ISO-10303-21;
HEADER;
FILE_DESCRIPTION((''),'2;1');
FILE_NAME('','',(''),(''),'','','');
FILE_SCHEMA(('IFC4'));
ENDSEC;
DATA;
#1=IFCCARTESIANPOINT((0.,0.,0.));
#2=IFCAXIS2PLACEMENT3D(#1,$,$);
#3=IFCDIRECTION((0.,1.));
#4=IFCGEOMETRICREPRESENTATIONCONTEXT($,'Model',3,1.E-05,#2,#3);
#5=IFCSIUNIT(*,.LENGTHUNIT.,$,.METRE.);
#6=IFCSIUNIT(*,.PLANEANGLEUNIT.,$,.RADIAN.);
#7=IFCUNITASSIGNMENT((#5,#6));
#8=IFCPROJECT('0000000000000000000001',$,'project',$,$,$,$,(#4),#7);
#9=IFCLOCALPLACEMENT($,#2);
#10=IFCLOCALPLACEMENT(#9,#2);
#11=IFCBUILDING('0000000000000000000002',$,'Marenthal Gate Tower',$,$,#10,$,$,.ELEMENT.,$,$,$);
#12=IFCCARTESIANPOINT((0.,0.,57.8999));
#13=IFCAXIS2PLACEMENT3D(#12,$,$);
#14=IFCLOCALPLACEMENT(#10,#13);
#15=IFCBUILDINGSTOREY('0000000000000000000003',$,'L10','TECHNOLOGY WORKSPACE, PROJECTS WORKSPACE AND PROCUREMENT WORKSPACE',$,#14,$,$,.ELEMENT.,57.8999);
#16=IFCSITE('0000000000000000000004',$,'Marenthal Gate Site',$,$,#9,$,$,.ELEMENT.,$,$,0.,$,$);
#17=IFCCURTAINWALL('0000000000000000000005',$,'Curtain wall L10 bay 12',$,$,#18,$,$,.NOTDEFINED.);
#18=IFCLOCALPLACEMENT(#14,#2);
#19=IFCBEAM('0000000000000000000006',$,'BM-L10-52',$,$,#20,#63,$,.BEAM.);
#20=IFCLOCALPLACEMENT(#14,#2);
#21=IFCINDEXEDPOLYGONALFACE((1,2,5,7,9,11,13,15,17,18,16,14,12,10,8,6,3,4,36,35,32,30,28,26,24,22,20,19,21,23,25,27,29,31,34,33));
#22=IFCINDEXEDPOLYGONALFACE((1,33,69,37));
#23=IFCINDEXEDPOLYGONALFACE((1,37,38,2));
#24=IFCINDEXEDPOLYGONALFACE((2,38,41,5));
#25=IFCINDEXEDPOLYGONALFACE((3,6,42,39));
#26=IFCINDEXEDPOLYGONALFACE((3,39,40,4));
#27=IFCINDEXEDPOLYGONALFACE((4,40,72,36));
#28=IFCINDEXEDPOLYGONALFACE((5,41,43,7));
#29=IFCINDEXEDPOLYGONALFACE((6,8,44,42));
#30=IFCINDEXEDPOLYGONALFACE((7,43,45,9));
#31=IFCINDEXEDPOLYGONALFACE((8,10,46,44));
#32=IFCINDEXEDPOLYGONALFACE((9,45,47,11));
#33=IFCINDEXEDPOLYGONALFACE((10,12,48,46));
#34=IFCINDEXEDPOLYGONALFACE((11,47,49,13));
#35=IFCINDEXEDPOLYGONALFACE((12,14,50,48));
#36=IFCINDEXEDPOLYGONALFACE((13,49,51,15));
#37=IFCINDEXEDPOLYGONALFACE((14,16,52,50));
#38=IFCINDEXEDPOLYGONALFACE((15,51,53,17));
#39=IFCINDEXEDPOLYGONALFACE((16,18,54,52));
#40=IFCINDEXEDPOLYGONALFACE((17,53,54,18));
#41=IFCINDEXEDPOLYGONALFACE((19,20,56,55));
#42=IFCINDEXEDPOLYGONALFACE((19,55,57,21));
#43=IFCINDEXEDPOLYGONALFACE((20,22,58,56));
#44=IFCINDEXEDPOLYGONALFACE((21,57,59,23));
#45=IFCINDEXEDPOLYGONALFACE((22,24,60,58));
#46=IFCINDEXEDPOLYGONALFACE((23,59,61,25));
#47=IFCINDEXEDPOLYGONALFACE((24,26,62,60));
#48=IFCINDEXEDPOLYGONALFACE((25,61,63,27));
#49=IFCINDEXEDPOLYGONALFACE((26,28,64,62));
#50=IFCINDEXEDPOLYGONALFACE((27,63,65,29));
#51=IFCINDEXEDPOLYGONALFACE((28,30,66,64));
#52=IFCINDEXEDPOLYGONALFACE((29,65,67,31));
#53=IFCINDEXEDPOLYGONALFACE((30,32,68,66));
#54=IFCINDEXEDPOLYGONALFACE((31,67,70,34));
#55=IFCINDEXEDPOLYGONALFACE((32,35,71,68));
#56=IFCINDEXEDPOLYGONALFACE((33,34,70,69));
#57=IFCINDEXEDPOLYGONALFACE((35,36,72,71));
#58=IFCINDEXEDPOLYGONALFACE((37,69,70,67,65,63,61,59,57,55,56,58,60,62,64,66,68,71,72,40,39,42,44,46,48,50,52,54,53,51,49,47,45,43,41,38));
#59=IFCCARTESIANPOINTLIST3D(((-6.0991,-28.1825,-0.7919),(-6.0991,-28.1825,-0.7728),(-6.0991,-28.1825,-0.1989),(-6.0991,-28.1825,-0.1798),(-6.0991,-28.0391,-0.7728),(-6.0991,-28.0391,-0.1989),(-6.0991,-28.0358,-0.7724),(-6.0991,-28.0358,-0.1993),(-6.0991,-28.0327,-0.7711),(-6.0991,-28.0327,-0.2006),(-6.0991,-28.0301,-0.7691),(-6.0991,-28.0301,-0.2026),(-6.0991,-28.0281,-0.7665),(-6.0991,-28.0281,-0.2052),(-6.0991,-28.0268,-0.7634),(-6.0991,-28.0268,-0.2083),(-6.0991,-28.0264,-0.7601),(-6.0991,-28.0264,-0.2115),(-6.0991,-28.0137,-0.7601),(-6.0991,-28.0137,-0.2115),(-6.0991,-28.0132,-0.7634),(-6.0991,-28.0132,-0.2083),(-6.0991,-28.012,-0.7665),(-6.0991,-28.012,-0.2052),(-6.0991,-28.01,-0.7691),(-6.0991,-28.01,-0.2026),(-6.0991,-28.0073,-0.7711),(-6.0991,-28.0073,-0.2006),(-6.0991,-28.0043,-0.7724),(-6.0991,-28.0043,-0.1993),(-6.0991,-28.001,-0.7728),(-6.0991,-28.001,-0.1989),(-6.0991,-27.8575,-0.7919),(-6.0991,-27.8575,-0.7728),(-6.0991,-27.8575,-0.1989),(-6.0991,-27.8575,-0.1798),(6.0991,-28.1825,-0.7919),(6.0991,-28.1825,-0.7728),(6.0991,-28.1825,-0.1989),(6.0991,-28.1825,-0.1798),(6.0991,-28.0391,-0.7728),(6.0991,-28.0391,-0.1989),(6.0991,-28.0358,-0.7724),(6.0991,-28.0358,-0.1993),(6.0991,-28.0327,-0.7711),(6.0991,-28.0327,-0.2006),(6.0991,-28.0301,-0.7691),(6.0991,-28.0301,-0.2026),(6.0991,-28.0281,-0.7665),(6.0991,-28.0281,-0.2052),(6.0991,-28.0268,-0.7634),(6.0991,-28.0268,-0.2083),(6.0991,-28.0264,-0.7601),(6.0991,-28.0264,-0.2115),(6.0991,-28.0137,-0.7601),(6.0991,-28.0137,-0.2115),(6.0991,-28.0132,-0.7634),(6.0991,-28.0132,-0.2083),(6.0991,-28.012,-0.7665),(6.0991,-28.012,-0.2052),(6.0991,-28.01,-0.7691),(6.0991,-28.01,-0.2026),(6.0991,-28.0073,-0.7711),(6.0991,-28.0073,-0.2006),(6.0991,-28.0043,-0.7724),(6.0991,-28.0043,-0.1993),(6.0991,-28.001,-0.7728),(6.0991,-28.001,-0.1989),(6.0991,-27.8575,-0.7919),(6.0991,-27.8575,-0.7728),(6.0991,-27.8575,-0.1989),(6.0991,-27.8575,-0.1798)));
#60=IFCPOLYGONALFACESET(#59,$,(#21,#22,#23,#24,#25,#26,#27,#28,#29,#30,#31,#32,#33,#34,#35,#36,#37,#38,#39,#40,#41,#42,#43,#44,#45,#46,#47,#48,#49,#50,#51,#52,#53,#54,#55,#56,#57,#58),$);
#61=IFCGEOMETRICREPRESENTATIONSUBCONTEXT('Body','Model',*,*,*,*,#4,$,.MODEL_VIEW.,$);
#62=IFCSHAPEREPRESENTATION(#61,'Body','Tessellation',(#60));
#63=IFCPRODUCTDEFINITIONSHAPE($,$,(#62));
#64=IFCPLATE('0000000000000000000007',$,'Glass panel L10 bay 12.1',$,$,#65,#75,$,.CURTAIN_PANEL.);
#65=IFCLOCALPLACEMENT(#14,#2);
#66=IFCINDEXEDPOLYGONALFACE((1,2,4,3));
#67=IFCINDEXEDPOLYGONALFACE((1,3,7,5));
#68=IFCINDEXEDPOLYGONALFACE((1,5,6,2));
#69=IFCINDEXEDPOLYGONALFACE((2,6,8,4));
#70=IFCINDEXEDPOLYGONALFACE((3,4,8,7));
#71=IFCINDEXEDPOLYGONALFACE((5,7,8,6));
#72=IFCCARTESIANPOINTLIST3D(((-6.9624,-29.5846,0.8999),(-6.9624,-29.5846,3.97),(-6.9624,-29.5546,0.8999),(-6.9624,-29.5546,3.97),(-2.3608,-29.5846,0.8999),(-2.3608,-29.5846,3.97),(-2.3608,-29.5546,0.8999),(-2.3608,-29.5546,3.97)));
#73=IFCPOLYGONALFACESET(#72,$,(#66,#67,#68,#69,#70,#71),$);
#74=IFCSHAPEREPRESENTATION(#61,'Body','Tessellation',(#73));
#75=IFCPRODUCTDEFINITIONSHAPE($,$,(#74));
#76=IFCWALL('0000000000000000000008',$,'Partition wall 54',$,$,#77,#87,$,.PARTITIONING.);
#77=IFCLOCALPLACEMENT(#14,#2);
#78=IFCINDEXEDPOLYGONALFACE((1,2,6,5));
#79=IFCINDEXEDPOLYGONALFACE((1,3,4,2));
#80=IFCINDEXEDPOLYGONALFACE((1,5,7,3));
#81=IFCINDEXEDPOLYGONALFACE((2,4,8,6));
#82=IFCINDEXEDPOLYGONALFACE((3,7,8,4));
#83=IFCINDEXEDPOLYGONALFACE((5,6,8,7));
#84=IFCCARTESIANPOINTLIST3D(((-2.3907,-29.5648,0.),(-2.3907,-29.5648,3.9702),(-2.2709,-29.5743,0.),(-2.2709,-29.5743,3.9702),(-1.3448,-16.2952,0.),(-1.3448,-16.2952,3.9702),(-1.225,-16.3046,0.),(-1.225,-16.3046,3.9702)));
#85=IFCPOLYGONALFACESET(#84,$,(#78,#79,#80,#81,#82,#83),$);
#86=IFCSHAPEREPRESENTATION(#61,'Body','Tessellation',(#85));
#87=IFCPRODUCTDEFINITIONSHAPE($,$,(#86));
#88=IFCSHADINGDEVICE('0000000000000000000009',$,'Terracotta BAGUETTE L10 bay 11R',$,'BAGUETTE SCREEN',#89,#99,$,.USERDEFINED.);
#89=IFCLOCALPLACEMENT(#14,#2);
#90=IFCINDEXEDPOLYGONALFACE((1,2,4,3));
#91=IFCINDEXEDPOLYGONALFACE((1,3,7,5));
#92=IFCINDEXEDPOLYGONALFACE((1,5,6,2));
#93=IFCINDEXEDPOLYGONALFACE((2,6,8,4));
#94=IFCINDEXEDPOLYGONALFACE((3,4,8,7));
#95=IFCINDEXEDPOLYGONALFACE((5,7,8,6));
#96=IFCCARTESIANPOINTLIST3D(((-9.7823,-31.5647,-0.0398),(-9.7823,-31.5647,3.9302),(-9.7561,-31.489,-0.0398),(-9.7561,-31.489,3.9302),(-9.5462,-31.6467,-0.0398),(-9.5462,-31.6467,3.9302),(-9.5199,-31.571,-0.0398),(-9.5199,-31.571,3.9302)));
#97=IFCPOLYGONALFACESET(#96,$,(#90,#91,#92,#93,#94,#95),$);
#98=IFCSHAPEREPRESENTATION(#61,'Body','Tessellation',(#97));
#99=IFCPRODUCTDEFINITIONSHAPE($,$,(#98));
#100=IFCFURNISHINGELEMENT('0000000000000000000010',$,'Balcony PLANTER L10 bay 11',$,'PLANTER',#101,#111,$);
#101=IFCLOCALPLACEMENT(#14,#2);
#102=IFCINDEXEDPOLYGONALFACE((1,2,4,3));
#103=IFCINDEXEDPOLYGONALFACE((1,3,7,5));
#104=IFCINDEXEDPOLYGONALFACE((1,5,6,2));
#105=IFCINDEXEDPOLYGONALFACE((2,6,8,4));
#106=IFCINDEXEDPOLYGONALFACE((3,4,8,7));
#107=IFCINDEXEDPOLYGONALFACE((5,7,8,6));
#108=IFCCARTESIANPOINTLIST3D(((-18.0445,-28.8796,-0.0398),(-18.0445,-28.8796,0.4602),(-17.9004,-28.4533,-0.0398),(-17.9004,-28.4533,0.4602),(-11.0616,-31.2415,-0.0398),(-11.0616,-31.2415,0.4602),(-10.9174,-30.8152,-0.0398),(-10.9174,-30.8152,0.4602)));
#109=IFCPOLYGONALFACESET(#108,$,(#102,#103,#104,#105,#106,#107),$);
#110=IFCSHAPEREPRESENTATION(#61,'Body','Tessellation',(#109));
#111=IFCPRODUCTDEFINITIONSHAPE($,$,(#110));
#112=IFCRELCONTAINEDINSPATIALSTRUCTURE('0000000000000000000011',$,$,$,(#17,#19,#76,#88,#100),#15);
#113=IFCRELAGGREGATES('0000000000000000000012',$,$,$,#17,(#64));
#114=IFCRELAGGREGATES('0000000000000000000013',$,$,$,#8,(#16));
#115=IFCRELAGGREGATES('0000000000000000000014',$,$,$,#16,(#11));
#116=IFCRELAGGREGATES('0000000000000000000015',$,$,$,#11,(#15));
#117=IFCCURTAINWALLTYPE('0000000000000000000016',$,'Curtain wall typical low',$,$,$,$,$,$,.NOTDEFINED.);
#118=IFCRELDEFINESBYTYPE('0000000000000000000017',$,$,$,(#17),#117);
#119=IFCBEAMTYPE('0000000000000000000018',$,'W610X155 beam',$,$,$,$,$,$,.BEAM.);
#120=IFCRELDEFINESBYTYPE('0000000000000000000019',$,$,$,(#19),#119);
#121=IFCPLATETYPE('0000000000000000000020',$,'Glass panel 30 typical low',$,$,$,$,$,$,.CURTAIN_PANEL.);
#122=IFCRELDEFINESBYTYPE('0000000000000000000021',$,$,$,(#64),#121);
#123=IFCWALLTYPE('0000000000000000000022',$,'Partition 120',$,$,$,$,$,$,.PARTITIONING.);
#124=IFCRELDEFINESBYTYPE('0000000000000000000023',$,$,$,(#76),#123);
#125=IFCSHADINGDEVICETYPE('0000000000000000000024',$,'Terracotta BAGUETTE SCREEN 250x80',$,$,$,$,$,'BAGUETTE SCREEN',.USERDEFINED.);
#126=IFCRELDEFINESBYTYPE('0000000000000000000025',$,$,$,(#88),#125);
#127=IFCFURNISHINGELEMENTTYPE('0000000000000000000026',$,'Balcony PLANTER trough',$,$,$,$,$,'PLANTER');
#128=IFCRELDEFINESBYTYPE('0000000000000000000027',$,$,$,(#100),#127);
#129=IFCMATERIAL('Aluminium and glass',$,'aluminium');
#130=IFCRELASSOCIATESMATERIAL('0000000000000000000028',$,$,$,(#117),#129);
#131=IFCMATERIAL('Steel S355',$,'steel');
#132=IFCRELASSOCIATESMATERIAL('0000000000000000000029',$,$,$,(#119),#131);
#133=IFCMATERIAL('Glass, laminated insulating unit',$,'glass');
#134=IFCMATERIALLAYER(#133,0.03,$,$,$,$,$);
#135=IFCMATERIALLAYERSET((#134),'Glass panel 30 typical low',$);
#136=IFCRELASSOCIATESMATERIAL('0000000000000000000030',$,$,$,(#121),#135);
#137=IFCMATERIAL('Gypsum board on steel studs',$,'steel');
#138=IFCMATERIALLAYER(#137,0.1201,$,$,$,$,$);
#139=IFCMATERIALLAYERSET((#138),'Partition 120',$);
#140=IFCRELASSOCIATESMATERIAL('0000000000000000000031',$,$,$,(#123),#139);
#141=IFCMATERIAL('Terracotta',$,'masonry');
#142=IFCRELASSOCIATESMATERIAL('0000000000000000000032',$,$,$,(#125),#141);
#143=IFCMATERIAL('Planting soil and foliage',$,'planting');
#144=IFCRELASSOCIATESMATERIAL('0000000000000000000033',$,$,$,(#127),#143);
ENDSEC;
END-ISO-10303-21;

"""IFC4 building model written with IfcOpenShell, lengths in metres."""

from ifc_helpers import new_model, si_unit, direction, frame, frame_2d, origin, origin_2d, place, context, subcontext, project, spatial, rectangle, i_section, extrude, material, layer, layer_set, material_profile, profile_set, type_object, element, aggregate, save


model = new_model("IFC4")

# Units and contexts
model_context = context("Model", 3, precision=1e-05, world=origin(), true_north=direction((0.0, 1.0)))
body_context = subcontext(model_context, "Body", "Model", "MODEL_VIEW")
ifc_project = project(units=[si_unit("LENGTHUNIT", "METRE"), si_unit("PLANEANGLEUNIT", "RADIAN")], contexts=[model_context])

# Site, building, storey
site_placement = place(None, origin())
site = spatial("IfcSite", under=ifc_project, at=site_placement, Name="Marenthal Gate Site", CompositionType="ELEMENT", RefElevation=0.0)
building_placement = place(site_placement, origin())
building = spatial("IfcBuilding", under=site, at=building_placement, Name="Marenthal Gate Tower", CompositionType="ELEMENT")
storey_placement = place(building_placement, frame((0.0, 0.0, 57.8999)))
storey = spatial("IfcBuildingStorey", under=building, at=storey_placement, Name="L10", Description="TECHNOLOGY WORKSPACE, PROJECTS WORKSPACE AND PROCUREMENT WORKSPACE", CompositionType="ELEMENT", Elevation=57.8999)

# Curtain wall
ifc_material_1 = material(Name="Aluminium and glass", Category="aluminium")
curtain_wall_type = type_object("IfcCurtainWallType", Name="Curtain wall typical low", PredefinedType="NOTDEFINED", material=ifc_material_1)
curtain_wall_placement = place(storey_placement, origin())
curtain_wall = element("IfcCurtainWall", 1, at=curtain_wall_placement, inside=storey, type_object=curtain_wall_type, Name="Curtain wall L10 bay 12", PredefinedType="NOTDEFINED")

# Beam
ifc_material_2 = material(Name="Steel S355", Category="steel")
ifc_material_profile_1 = material_profile(ifc_material_2, i_section(OverallWidth=0.325, OverallDepth=0.6121, WebThickness=0.0127, FlangeThickness=0.019, FilletRadius=0.0127, at=origin_2d()), Name="W610X155")
ifc_profile_set_1 = profile_set([ifc_material_profile_1], Name="Steel S355")
beam_type_1 = type_object("IfcBeamType", Name="W610X155 beam", PredefinedType="BEAM", material=ifc_profile_set_1)
beam_1_placement = place(storey_placement, frame((-6.0991, -28.02, -0.4858), z_axis=(1.0, 0.0, 0.0), x_axis=(0.0, 1.0, 0.0)))
element("IfcBeam", 2, at=beam_1_placement, inside=storey, type_object=beam_type_1, Name="BM-L10-52", PredefinedType="BEAM", context=body_context, shape_type="SweptSolid", body=[
    extrude(i_section(OverallWidth=0.325, OverallDepth=0.6121, WebThickness=0.0127, FlangeThickness=0.019, FilletRadius=0.0127, at=origin_2d()), origin(), (0.0, 0.0, 1.0), 12.1982),
])

# Plate
ifc_material_3 = material(Name="Glass, laminated insulating unit", Category="glass")
ifc_layer_1 = layer(ifc_material_3, 0.03)
ifc_layer_set_1 = layer_set([ifc_layer_1], Name="Glass panel 30 typical low")
plate_type = type_object("IfcPlateType", Name="Glass panel 30 typical low", PredefinedType="CURTAIN_PANEL", material=ifc_layer_set_1)
plate_placement = place(storey_placement, frame((-4.6616, -29.5696, 0.8999), z_axis=(0.0, 0.0, 1.0), x_axis=(1.0, 0.0, 0.0)))
plate = element("IfcPlate", 3, at=plate_placement, type_object=plate_type, Name="Glass panel L10 bay 12.1", PredefinedType="CURTAIN_PANEL", context=body_context, shape_type="SweptSolid", body=[
    extrude(rectangle(XDim=4.6016, YDim=0.03, at=origin_2d()), origin(), (0.0, 0.0, 1.0), 3.0701),
])
aggregate(curtain_wall, [plate])

# Wall
ifc_material_4 = material(Name="Gypsum board on steel studs", Category="steel")
ifc_layer_2 = layer(ifc_material_4, 0.1201)
ifc_layer_set_2 = layer_set([ifc_layer_2], Name="Partition 120")
wall_type = type_object("IfcWallType", Name="Partition 120", PredefinedType="PARTITIONING", material=ifc_layer_set_2)
wall_placement = place(storey_placement, frame((-1.2849, -16.3, 0.0), z_axis=(0.0, 0.0, 1.0), x_axis=(-0.078576, -0.996908, 0.0)))
element("IfcWall", 4, at=wall_placement, inside=storey, type_object=wall_type, Name="Partition wall 54", PredefinedType="PARTITIONING", context=body_context, shape_type="SweptSolid", body=[
    extrude(rectangle(XDim=13.3108, YDim=0.1201, at=frame_2d((6.6553, 0.0))), origin(), (0.0, 0.0, 1.0), 3.9702),
])

# Shading device
ifc_material_5 = material(Name="Terracotta", Category="masonry")
ifc_material_profile_2 = material_profile(ifc_material_5, rectangle(XDim=0.25, YDim=0.0801, at=origin_2d()), Name="Terracotta baguette 250x80")
ifc_profile_set_2 = profile_set([ifc_material_profile_2], Name="Terracotta")
shading_device_type = type_object("IfcShadingDeviceType", Name="Terracotta BAGUETTE SCREEN 250x80", ElementType="BAGUETTE SCREEN", PredefinedType="USERDEFINED", material=ifc_profile_set_2)
shading_device_placement = place(storey_placement, frame((-9.6511, -31.5679, -0.0398), z_axis=(0.0, 0.0, 1.0), x_axis=(0.944672, -0.328016, 0.0)))
element("IfcShadingDevice", 5, at=shading_device_placement, inside=storey, type_object=shading_device_type, Name="Terracotta BAGUETTE L10 bay 11R", ObjectType="BAGUETTE SCREEN", PredefinedType="USERDEFINED", context=body_context, shape_type="SweptSolid", body=[
    extrude(rectangle(XDim=0.25, YDim=0.0801, at=origin_2d()), origin(), (0.0, 0.0, 1.0), 3.97),
])

# Furnishing element
ifc_material_6 = material(Name="Planting soil and foliage", Category="planting")
furnishing_element_type = type_object("IfcFurnishingElementType", Name="Balcony PLANTER trough", ElementType="PLANTER", material=ifc_material_6)
furnishing_placement = place(storey_placement, frame((-14.481, -29.8474, -0.0398), z_axis=(0.0, 0.0, 1.0), x_axis=(0.94728, -0.320406, 0.0)))
element("IfcFurnishingElement", 6, at=furnishing_placement, inside=storey, type_object=furnishing_element_type, Name="Balcony PLANTER L10 bay 11", ObjectType="PLANTER", context=body_context, shape_type="SweptSolid", body=[
    extrude(rectangle(XDim=7.3716, YDim=0.45, at=origin_2d()), origin(), (0.0, 0.0, 1.0), 0.5),
])

save(model, "model.ifc")
